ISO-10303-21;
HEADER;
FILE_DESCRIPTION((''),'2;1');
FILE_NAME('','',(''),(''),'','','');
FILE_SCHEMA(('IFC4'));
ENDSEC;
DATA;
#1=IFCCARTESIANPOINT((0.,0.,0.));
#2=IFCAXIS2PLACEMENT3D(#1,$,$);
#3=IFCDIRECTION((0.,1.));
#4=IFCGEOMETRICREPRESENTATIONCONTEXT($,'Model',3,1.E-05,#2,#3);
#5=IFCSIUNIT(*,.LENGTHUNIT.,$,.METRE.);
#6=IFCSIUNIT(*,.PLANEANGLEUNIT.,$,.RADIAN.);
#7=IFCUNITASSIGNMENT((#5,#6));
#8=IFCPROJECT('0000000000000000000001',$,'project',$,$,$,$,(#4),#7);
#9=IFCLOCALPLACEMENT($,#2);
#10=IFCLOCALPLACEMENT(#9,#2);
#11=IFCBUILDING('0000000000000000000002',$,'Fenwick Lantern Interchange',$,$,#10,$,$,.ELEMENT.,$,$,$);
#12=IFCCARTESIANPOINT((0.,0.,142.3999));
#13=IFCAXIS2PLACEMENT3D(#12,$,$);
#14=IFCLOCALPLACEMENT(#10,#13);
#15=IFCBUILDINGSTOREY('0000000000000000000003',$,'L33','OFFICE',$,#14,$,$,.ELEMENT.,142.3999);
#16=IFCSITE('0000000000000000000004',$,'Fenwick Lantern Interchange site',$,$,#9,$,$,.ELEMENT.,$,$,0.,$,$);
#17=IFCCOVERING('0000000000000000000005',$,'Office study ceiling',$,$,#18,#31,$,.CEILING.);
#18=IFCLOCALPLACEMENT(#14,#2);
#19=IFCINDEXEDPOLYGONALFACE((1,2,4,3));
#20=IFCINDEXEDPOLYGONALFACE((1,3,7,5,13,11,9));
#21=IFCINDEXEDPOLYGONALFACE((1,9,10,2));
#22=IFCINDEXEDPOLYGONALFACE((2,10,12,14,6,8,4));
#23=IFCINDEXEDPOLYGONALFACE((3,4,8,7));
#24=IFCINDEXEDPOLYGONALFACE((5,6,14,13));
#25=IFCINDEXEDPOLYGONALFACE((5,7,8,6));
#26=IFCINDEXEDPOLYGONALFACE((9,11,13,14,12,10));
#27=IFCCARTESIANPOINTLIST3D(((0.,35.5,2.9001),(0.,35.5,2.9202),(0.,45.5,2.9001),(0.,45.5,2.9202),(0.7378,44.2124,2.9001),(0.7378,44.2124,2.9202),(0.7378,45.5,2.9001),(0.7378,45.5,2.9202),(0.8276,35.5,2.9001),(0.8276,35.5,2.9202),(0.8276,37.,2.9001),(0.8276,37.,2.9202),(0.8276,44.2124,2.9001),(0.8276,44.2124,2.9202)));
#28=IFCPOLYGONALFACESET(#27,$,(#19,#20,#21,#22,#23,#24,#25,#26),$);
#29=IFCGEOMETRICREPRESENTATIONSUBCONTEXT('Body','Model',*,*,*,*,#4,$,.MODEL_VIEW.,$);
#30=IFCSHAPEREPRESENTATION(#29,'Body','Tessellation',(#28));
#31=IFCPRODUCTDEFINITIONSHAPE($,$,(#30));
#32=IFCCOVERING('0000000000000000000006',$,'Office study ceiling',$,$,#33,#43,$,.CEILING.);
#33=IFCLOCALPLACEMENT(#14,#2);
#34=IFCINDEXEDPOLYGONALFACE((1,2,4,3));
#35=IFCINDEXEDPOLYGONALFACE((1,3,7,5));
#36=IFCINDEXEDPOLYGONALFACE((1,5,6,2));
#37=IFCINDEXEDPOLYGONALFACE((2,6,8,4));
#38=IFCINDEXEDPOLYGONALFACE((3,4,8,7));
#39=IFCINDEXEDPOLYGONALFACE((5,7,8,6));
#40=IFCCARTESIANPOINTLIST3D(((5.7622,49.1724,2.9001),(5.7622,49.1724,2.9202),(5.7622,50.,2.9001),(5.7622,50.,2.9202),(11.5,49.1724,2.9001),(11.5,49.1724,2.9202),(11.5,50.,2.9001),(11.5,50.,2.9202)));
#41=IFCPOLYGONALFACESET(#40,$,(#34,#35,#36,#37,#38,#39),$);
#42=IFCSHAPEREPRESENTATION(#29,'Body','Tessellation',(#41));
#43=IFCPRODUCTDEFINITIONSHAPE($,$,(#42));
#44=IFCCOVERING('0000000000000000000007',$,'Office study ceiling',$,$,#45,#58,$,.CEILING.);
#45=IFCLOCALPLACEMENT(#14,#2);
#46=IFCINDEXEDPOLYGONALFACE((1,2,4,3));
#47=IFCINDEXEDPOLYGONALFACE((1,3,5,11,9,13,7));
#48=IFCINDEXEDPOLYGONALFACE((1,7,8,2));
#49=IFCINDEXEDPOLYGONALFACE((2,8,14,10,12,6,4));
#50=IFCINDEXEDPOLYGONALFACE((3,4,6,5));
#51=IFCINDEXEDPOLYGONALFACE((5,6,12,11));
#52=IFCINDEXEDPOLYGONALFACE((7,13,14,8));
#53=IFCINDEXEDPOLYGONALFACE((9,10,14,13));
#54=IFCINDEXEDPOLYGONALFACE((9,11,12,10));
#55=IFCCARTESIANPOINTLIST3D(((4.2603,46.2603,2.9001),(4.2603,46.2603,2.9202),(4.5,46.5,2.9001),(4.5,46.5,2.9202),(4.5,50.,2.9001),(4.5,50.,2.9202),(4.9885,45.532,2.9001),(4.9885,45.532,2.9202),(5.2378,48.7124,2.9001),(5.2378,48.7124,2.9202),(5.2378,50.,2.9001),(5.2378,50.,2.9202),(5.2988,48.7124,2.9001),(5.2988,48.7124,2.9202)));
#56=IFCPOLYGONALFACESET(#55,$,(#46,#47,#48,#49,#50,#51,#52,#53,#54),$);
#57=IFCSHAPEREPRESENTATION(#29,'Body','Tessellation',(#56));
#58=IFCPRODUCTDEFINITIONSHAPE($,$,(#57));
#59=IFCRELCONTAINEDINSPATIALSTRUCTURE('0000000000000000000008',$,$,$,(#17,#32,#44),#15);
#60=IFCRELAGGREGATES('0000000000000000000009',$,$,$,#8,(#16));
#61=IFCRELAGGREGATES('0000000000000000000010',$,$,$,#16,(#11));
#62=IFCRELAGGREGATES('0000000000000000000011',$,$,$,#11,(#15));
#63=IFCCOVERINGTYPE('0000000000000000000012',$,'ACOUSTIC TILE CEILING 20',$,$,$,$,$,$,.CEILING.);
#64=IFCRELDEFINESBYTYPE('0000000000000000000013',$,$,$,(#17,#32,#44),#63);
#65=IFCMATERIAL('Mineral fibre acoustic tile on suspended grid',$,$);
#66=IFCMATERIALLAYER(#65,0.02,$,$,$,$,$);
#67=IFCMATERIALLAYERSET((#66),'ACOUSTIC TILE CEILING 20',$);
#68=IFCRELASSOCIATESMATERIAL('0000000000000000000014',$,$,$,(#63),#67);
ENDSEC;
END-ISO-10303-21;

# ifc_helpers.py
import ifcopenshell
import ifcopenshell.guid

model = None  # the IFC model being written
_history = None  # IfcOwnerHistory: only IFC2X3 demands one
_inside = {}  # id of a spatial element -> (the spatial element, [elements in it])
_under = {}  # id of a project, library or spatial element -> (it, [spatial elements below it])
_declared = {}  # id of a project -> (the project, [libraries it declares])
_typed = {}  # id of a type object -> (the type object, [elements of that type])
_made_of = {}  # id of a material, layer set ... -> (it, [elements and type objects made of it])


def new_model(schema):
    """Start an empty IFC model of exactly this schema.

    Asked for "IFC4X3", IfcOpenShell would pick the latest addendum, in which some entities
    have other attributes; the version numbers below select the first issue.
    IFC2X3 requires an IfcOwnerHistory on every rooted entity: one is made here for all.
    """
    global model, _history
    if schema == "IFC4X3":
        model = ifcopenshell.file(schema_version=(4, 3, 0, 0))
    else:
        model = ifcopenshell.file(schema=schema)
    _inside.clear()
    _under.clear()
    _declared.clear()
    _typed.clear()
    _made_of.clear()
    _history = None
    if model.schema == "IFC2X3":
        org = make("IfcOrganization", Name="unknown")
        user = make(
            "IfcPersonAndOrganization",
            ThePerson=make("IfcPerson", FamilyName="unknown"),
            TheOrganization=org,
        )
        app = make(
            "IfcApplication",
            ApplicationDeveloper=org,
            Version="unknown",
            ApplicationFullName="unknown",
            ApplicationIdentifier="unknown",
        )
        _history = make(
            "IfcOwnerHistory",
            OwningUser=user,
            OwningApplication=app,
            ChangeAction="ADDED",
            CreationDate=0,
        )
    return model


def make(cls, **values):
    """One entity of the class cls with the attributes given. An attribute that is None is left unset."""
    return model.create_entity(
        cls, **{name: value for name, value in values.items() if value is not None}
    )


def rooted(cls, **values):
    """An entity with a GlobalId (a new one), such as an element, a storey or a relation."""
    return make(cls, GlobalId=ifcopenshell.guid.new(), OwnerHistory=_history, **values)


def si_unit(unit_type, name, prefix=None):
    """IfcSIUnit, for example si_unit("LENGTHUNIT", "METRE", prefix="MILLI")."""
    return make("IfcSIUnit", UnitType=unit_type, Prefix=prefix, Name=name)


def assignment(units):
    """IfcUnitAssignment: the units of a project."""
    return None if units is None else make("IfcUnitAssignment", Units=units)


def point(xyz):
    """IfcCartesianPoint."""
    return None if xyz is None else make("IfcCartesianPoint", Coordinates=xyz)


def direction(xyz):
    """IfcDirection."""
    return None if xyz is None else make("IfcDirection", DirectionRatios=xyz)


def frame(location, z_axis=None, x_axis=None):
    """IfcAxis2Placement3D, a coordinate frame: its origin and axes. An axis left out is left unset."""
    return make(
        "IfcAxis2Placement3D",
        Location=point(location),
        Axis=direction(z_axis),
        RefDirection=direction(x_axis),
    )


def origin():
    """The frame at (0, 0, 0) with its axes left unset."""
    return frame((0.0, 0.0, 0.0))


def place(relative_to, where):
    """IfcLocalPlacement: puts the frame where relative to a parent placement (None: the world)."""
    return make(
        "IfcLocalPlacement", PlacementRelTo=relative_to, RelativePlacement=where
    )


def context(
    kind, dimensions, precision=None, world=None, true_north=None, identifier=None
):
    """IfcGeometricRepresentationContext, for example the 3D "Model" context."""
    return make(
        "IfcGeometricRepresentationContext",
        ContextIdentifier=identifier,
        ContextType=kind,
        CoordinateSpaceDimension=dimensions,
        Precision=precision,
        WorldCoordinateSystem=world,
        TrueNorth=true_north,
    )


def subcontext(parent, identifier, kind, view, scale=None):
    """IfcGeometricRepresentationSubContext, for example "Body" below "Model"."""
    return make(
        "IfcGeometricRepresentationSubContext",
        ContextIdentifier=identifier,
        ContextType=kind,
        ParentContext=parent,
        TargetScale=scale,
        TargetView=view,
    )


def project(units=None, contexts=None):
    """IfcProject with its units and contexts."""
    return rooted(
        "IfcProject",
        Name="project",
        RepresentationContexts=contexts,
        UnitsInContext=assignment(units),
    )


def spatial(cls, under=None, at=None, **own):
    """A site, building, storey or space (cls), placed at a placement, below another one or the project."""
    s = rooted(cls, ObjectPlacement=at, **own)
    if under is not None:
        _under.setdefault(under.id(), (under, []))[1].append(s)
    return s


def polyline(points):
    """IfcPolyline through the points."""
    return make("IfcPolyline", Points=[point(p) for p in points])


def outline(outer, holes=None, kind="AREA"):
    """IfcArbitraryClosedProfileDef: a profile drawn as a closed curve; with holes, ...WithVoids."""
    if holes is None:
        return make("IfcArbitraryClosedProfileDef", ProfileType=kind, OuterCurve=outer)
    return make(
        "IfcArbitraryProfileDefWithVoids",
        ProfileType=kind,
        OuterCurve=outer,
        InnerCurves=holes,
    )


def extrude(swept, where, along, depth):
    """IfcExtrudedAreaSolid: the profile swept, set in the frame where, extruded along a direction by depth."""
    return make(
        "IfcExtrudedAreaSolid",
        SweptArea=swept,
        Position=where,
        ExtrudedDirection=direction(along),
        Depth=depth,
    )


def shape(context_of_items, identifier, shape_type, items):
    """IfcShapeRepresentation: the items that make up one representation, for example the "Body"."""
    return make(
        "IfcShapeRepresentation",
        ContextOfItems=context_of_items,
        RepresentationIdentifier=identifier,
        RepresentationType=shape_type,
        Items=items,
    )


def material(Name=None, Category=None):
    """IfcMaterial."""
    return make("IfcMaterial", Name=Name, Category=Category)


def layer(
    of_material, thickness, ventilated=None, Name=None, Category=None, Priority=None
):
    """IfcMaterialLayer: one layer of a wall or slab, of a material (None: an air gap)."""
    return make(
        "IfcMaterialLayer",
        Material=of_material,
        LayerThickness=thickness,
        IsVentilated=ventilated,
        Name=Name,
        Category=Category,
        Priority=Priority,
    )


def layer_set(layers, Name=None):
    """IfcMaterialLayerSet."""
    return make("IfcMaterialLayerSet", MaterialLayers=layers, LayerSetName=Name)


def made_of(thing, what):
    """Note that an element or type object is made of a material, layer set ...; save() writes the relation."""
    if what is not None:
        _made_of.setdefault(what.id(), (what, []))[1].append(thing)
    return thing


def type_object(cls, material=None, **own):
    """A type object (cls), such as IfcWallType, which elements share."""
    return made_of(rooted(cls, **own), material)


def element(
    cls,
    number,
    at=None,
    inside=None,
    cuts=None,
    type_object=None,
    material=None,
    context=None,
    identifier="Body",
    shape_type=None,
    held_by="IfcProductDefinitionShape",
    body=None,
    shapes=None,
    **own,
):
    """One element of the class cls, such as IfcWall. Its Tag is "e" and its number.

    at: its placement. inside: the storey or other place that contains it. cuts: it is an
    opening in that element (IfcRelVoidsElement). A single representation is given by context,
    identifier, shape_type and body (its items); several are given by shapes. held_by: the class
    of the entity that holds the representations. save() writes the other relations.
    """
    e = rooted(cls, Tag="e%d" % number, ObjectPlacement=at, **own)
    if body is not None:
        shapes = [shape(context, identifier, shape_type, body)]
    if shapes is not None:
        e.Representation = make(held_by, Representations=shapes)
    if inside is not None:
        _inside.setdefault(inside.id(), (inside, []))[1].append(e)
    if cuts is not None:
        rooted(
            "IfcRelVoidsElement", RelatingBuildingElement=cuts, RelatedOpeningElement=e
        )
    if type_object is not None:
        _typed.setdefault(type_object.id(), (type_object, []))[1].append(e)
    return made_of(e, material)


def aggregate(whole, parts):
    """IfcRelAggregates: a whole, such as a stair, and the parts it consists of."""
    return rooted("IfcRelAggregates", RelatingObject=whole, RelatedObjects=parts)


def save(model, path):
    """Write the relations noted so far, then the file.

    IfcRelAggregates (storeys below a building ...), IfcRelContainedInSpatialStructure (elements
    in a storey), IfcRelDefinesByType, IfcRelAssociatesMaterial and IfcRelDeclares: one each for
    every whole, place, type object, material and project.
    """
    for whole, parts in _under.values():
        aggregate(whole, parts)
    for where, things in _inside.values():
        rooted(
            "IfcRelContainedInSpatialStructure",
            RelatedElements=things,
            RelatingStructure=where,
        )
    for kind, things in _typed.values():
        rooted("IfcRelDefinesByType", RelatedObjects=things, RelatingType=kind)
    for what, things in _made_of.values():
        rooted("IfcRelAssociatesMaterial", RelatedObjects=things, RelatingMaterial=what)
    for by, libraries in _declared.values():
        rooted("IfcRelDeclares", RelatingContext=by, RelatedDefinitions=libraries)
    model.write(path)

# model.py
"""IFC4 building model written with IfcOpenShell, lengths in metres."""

from ifc_helpers import new_model, si_unit, direction, frame, origin, place, context, subcontext, project, spatial, polyline, outline, extrude, material, layer, layer_set, type_object, element, save


model = new_model("IFC4")

# Units and contexts
model_context = context("Model", 3, precision=1e-05, world=origin(), true_north=direction((0.0, 1.0)))
body_context = subcontext(model_context, "Body", "Model", "MODEL_VIEW")
ifc_project = project(units=[si_unit("LENGTHUNIT", "METRE"), si_unit("PLANEANGLEUNIT", "RADIAN")], contexts=[model_context])

# Site, building, storey
site_placement = place(None, origin())
site = spatial("IfcSite", under=ifc_project, at=site_placement, Name="Fenwick Lantern Interchange site", CompositionType="ELEMENT", RefElevation=0.0)
building_placement = place(site_placement, origin())
building = spatial("IfcBuilding", under=site, at=building_placement, Name="Fenwick Lantern Interchange", CompositionType="ELEMENT")
storey_placement = place(building_placement, frame((0.0, 0.0, 142.3999)))
storey = spatial("IfcBuildingStorey", under=building, at=storey_placement, Name="L33", Description="OFFICE", CompositionType="ELEMENT", Elevation=142.3999)

# Coverings
ifc_material = material(Name="Mineral fibre acoustic tile on suspended grid")
ifc_layer = layer(ifc_material, 0.02)
ifc_layer_set = layer_set([ifc_layer], Name="ACOUSTIC TILE CEILING 20")
covering_type = type_object("IfcCoveringType", Name="ACOUSTIC TILE CEILING 20", PredefinedType="CEILING", material=ifc_layer_set)
covering_1_placement = place(storey_placement, frame((0.0, 0.0, 2.9001)))
element("IfcCovering", 1, at=covering_1_placement, inside=storey, type_object=covering_type, Name="Office study ceiling", PredefinedType="CEILING", context=body_context, shape_type="SweptSolid", body=[
    extrude(outline(polyline([(0.0, 35.5), (0.8276, 35.5), (0.8276, 37.0), (0.8276, 44.2124), (0.7378, 44.2124), (0.7378, 45.5), (0.0, 45.5), (0.0, 35.5)])), origin(), (0.0, 0.0, 1.0), 0.02),
])
covering_2_placement = place(storey_placement, frame((0.0, 0.0, 2.9001)))
element("IfcCovering", 2, at=covering_2_placement, inside=storey, type_object=covering_type, Name="Office study ceiling", PredefinedType="CEILING", context=body_context, shape_type="SweptSolid", body=[
    extrude(outline(polyline([(5.7622, 50.0), (5.7622, 49.1724), (11.5, 49.1724), (11.5, 50.0), (5.7622, 50.0)])), origin(), (0.0, 0.0, 1.0), 0.02),
])
covering_3_placement = place(storey_placement, frame((0.0, 0.0, 2.9001)))
element("IfcCovering", 3, at=covering_3_placement, inside=storey, type_object=covering_type, Name="Office study ceiling", PredefinedType="CEILING", context=body_context, shape_type="SweptSolid", body=[
    extrude(outline(polyline([(5.2988, 48.7124), (5.2378, 48.7124), (5.2378, 50.0), (4.5, 50.0), (4.5, 46.5), (4.2603, 46.2603), (4.9885, 45.532), (5.2988, 48.7124)])), origin(), (0.0, 0.0, 1.0), 0.02),
])

save(model, "model.ifc")
